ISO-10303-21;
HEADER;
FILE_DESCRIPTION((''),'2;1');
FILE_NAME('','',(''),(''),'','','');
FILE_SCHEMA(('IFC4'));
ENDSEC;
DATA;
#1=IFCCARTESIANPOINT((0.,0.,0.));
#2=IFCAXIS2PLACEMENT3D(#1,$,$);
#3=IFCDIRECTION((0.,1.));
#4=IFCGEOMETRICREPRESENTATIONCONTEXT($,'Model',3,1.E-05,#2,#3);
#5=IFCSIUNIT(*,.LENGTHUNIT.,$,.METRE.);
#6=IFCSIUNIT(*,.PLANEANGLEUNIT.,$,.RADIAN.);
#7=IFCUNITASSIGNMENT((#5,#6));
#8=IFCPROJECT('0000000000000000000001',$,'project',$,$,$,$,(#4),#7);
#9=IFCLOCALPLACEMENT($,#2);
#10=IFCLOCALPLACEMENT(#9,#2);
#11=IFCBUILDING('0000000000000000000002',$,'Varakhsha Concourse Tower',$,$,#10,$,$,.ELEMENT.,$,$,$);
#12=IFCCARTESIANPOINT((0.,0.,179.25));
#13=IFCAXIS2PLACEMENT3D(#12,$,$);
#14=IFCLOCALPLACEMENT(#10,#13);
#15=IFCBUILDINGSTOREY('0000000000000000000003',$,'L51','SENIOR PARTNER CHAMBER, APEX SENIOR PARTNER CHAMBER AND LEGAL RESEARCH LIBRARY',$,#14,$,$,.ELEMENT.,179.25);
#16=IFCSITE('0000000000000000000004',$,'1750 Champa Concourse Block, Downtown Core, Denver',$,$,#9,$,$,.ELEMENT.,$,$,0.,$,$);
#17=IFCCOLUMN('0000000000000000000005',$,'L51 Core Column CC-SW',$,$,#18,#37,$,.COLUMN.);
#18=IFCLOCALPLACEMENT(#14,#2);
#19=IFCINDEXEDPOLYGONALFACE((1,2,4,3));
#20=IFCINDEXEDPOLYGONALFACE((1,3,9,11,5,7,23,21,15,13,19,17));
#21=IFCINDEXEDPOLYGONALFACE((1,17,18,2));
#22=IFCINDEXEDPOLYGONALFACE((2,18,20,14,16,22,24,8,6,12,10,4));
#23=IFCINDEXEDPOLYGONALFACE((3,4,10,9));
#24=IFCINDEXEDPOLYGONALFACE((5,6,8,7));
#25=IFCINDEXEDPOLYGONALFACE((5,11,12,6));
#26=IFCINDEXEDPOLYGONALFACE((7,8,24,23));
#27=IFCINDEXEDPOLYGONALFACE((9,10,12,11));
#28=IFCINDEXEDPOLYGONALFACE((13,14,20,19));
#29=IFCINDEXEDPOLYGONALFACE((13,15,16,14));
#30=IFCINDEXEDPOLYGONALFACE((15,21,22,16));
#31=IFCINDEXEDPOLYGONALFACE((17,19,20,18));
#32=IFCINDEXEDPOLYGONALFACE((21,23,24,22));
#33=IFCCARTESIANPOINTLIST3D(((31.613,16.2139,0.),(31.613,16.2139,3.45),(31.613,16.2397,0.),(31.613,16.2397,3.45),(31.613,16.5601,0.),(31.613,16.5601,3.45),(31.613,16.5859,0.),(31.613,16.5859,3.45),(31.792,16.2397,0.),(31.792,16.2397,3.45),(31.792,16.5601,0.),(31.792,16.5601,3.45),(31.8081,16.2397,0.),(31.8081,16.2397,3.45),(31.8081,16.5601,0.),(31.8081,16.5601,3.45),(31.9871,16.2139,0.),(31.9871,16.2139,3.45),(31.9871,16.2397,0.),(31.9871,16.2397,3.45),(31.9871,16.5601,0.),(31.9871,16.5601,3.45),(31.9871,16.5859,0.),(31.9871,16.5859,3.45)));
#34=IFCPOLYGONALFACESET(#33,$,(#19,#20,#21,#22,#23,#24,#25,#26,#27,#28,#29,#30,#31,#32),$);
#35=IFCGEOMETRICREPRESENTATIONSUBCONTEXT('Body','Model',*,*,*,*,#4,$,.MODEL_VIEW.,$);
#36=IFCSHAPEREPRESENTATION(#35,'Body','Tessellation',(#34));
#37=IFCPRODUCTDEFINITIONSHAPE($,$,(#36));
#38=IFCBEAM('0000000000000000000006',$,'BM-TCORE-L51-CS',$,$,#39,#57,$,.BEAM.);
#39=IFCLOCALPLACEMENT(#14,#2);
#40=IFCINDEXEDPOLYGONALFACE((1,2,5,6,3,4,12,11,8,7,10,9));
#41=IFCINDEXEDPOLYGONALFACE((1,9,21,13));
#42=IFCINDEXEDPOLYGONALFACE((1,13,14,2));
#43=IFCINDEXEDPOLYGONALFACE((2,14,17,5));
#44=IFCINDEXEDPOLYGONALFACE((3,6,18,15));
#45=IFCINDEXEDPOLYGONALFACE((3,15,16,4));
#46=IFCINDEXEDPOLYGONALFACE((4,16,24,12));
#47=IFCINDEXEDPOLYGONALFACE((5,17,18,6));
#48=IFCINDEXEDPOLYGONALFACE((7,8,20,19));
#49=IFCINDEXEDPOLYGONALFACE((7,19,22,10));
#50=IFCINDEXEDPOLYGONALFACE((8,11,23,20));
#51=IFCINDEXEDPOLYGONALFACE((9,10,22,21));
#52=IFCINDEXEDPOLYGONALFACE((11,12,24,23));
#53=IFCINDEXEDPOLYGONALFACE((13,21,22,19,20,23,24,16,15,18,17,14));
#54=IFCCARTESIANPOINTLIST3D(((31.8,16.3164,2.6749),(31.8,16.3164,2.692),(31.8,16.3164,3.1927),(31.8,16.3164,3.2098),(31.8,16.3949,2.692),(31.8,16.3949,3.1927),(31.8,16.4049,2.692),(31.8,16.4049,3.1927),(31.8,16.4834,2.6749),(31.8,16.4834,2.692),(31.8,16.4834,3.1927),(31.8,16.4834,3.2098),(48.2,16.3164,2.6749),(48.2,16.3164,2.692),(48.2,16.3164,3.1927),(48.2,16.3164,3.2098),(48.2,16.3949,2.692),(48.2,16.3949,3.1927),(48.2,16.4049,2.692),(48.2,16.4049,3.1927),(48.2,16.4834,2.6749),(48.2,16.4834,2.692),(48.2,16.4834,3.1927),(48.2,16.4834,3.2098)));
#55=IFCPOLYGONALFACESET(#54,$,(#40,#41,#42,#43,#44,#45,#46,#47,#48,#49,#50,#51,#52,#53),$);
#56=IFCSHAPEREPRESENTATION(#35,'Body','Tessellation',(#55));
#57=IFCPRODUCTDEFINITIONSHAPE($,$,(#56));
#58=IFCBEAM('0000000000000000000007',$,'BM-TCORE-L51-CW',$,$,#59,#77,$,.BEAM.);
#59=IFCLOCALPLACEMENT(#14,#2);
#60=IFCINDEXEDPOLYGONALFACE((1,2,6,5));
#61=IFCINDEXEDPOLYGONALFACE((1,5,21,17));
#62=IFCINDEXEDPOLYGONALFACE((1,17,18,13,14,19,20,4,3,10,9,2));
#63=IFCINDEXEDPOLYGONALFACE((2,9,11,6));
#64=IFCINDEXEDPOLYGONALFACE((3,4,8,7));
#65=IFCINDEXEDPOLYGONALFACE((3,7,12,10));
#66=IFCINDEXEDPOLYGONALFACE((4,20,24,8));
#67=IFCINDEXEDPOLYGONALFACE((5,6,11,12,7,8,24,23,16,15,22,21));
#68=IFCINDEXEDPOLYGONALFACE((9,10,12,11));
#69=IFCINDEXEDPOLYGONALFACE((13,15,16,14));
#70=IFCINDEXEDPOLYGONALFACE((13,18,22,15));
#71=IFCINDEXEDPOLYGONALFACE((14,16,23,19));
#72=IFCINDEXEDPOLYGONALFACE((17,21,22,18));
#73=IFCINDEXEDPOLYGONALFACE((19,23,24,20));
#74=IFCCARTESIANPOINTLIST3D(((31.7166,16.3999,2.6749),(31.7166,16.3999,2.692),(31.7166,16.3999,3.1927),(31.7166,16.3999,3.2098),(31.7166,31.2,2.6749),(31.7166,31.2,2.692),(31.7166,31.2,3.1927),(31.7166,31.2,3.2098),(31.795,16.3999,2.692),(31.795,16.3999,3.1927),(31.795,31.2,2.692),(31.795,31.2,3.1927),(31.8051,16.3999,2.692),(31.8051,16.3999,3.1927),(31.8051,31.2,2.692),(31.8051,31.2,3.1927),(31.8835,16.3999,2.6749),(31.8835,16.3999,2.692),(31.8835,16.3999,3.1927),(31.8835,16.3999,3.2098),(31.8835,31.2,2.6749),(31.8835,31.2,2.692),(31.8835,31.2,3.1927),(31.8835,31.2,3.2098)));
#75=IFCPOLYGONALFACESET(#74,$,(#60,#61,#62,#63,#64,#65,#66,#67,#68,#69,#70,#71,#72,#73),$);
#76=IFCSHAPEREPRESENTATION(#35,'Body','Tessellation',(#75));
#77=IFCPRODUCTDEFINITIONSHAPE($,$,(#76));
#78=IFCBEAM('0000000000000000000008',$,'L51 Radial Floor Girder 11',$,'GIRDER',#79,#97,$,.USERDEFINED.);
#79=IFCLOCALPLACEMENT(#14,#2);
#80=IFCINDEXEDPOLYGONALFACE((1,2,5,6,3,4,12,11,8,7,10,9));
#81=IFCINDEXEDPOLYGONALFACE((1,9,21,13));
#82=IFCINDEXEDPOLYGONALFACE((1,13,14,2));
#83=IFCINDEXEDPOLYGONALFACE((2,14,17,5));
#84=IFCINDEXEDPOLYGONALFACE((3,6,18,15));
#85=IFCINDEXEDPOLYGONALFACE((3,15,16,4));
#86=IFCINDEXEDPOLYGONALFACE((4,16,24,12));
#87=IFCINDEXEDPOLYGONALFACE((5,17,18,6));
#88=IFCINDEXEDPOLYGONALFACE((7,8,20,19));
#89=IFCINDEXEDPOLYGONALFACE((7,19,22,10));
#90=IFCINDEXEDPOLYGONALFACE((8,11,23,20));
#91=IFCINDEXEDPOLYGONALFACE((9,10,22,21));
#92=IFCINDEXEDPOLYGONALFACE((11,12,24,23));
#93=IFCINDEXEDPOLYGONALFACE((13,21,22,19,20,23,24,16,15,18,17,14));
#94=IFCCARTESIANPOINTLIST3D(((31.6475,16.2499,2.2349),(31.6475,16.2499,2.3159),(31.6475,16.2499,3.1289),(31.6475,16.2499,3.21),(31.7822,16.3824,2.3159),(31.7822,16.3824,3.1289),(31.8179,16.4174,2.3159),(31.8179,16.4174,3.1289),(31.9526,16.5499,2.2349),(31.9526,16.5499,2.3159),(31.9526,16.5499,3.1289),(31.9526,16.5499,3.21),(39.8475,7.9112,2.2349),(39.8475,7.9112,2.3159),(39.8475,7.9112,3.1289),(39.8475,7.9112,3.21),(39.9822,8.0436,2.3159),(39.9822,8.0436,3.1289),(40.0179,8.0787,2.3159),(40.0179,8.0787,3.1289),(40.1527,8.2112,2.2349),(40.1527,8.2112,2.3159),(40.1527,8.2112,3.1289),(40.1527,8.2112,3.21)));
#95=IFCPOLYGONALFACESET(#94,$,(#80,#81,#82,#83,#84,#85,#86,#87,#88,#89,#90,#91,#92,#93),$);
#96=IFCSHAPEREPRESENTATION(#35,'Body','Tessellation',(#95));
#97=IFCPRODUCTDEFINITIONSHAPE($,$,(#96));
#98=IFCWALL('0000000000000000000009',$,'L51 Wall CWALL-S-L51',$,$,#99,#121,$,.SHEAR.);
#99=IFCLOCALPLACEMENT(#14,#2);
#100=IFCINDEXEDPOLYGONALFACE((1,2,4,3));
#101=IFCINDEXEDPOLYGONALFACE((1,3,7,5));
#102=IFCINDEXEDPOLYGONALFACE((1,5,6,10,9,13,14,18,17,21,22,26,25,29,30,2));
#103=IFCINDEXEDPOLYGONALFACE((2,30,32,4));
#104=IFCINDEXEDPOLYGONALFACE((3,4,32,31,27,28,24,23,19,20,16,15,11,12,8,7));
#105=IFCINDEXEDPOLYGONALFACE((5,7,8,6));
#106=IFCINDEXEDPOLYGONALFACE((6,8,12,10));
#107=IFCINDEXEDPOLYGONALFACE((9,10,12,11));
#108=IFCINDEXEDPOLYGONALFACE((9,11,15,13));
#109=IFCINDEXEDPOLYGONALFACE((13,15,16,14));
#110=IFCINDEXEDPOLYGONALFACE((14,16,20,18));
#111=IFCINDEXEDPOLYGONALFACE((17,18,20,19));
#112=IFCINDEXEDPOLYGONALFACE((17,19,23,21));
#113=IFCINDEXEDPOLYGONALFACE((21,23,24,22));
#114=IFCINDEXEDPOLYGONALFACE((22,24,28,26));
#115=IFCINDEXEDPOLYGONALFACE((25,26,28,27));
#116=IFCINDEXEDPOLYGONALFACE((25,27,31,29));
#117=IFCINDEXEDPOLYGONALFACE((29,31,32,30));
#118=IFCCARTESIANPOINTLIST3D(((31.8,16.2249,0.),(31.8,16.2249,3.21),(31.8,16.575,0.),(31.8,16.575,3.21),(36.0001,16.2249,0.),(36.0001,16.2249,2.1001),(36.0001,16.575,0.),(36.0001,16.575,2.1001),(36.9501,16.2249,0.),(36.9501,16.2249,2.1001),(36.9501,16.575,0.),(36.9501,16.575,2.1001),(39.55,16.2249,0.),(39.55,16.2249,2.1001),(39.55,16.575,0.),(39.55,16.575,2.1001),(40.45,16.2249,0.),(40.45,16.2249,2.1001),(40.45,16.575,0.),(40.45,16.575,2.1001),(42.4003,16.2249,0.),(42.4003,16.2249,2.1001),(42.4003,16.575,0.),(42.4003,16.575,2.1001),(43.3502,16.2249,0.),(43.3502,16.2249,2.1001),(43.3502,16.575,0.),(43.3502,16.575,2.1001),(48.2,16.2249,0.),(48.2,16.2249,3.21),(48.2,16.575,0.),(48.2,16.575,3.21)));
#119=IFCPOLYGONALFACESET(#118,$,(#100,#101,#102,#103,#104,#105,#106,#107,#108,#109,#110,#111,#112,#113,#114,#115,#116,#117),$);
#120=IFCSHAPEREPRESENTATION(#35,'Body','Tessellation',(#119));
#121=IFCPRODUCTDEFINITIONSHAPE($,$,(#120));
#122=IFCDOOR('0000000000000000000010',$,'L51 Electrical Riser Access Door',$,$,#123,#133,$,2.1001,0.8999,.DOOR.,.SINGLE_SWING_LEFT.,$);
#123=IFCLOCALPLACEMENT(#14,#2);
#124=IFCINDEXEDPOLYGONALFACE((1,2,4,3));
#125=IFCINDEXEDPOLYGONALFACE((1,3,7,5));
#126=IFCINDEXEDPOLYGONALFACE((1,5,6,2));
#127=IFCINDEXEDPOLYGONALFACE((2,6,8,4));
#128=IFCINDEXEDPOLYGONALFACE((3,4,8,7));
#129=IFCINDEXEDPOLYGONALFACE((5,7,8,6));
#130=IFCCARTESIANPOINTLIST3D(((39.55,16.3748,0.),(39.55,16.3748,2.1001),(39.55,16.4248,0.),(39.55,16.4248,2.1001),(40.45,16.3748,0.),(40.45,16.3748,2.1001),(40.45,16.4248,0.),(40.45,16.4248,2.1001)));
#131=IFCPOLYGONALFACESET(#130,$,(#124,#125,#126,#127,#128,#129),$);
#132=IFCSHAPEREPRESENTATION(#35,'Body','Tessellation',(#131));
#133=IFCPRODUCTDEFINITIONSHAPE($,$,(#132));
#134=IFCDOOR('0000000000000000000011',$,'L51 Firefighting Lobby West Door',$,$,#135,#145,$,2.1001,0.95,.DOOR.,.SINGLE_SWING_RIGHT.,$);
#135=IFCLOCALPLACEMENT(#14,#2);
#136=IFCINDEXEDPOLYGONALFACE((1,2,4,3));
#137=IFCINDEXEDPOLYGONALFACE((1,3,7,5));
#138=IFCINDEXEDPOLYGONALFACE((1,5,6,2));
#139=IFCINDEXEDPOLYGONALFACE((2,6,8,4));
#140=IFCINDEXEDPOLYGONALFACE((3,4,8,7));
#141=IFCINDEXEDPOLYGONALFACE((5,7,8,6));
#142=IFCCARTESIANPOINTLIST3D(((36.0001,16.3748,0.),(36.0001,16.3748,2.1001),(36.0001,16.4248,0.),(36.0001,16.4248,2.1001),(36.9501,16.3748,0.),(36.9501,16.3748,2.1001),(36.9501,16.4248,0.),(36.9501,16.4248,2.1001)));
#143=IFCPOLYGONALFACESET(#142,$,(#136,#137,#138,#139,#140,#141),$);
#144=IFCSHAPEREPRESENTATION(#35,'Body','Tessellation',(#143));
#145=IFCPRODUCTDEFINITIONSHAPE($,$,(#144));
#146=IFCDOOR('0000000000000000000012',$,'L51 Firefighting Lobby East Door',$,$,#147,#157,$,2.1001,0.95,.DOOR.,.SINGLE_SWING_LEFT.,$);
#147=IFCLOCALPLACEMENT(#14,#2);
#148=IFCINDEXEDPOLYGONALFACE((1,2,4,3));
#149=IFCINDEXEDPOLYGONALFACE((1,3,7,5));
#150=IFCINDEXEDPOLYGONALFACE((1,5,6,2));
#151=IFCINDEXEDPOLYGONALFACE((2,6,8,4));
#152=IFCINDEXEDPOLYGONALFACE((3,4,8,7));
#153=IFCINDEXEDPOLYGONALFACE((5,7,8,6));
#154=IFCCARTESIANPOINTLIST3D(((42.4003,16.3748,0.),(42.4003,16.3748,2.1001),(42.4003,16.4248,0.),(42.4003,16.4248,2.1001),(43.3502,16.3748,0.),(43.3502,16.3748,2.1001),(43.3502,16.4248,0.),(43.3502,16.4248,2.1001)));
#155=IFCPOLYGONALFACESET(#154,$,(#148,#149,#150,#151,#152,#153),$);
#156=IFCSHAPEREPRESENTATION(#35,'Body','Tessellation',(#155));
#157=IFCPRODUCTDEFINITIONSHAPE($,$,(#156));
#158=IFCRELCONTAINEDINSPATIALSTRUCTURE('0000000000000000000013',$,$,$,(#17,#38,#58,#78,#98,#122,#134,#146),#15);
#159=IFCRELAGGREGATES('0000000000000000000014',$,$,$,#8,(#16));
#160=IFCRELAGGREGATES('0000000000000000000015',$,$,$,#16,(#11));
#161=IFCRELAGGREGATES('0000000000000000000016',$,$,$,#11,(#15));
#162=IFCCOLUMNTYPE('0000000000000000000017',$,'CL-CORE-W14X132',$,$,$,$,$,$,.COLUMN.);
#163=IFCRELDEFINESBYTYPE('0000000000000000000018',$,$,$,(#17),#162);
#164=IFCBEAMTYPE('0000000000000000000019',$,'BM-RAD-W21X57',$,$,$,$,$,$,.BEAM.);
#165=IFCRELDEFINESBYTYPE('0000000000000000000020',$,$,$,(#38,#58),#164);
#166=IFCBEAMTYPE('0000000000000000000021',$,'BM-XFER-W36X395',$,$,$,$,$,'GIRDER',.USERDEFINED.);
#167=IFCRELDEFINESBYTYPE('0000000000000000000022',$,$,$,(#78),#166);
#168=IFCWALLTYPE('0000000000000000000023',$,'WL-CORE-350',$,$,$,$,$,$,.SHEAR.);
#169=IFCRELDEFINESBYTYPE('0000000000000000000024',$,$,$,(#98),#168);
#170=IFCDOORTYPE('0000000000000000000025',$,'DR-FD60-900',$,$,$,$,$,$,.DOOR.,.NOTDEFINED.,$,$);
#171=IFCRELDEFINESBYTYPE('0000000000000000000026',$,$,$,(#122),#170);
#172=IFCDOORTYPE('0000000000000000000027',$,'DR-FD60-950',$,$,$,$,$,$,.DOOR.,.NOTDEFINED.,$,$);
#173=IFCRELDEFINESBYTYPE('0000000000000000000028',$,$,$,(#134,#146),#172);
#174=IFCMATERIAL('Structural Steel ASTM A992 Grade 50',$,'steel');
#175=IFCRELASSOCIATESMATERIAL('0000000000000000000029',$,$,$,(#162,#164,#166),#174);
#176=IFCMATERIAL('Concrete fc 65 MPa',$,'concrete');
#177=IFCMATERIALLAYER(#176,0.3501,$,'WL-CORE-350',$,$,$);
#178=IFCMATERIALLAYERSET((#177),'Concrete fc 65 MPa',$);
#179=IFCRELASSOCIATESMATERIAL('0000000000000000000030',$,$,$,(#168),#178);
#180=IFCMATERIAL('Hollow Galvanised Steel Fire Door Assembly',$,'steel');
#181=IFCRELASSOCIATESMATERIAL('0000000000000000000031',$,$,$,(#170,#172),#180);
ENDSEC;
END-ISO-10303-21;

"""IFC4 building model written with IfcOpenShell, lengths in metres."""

from ifc_helpers import new_model, si_unit, direction, frame, frame_2d, origin, origin_2d, place, context, subcontext, project, spatial, rectangle, i_section, extrude, material, layer, layer_set, material_profile, profile_set, type_object, element, fill, save


model = new_model("IFC4")

# Units and contexts
model_context = context("Model", 3, precision=1e-05, world=origin(), true_north=direction((0.0, 1.0)))
body_context = subcontext(model_context, "Body", "Model", "MODEL_VIEW")
ifc_project = project(units=[si_unit("LENGTHUNIT", "METRE"), si_unit("PLANEANGLEUNIT", "RADIAN")], contexts=[model_context])

# Site, building, storey
site_placement = place(None, origin())
site = spatial("IfcSite", under=ifc_project, at=site_placement, Name="1750 Champa Concourse Block, Downtown Core, Denver", CompositionType="ELEMENT", RefElevation=0.0)
building_placement = place(site_placement, origin())
building = spatial("IfcBuilding", under=site, at=building_placement, Name="Varakhsha Concourse Tower", CompositionType="ELEMENT")
storey_placement = place(building_placement, frame((0.0, 0.0, 179.25)))
storey = spatial("IfcBuildingStorey", under=building, at=storey_placement, Name="L51", Description="SENIOR PARTNER CHAMBER, APEX SENIOR PARTNER CHAMBER AND LEGAL RESEARCH LIBRARY", CompositionType="ELEMENT", Elevation=179.25)

# Column
ifc_material_1 = material(Name="Structural Steel ASTM A992 Grade 50", Category="steel")
ifc_material_profile_1 = material_profile(ifc_material_1, i_section(OverallWidth=0.374, OverallDepth=0.3721, WebThickness=0.0161, FlangeThickness=0.0259, at=origin_2d()), Name="W14X132")
ifc_profile_set_1 = profile_set([ifc_material_profile_1], Name="Structural Steel ASTM A992 Grade 50")
column_type = type_object("IfcColumnType", Name="CL-CORE-W14X132", PredefinedType="COLUMN", material=ifc_profile_set_1)
column_placement = place(storey_placement, frame((31.8, 16.3999, 0.0), z_axis=(0.0, 0.0, 1.0), x_axis=(1.0, 0.0, 0.0)))
element("IfcColumn", 1, at=column_placement, inside=storey, type_object=column_type, Name="L51 Core Column CC-SW", PredefinedType="COLUMN", context=body_context, shape_type="SweptSolid", body=[
    extrude(i_section(OverallWidth=0.374, OverallDepth=0.3721, WebThickness=0.0161, FlangeThickness=0.0259, at=origin_2d()), origin(), (0.0, 0.0, 1.0), 3.45),
])

# Beams
ifc_material_profile_2 = material_profile(ifc_material_1, i_section(OverallWidth=0.167, OverallDepth=0.5349, WebThickness=0.01, FlangeThickness=0.0171, at=origin_2d()), Name="W21X57")
ifc_profile_set_2 = profile_set([ifc_material_profile_2], Name="Structural Steel ASTM A992 Grade 50")
beam_type_1 = type_object("IfcBeamType", Name="BM-RAD-W21X57", PredefinedType="BEAM", material=ifc_profile_set_2)
beam_1_placement = place(storey_placement, frame((31.8, 16.3999, 2.9424), z_axis=(1.0, 0.0, 0.0), x_axis=(0.0, 1.0, 0.0)))
element("IfcBeam", 2, at=beam_1_placement, inside=storey, type_object=beam_type_1, Name="BM-TCORE-L51-CS", PredefinedType="BEAM", context=body_context, shape_type="SweptSolid", body=[
    extrude(i_section(OverallWidth=0.167, OverallDepth=0.5349, WebThickness=0.01, FlangeThickness=0.0171, at=origin_2d()), origin(), (0.0, 0.0, 1.0), 16.3999),
])
beam_2_placement = place(storey_placement, frame((31.8, 16.3999, 2.9424), z_axis=(0.0, 1.0, 0.0), x_axis=(-1.0, 0.0, 0.0)))
element("IfcBeam", 3, at=beam_2_placement, inside=storey, type_object=beam_type_1, Name="BM-TCORE-L51-CW", PredefinedType="BEAM", context=body_context, shape_type="SweptSolid", body=[
    extrude(i_section(OverallWidth=0.167, OverallDepth=0.5349, WebThickness=0.01, FlangeThickness=0.0171, at=origin_2d()), origin(), (0.0, 0.0, 1.0), 14.8),
])
ifc_material_profile_3 = material_profile(ifc_material_1, i_section(OverallWidth=0.428, OverallDepth=0.9751, WebThickness=0.05, FlangeThickness=0.0811, at=origin_2d()), Name="W36X395")
ifc_profile_set_3 = profile_set([ifc_material_profile_3], Name="Structural Steel ASTM A992 Grade 50")
beam_type_2 = type_object("IfcBeamType", Name="BM-XFER-W36X395", ElementType="GIRDER", PredefinedType="USERDEFINED", material=ifc_profile_set_3)
beam_3_placement = place(storey_placement, frame((31.8, 16.3999, 2.7224), z_axis=(0.701153, -0.713011, 0.0), x_axis=(0.713011, 0.701153, 0.0)))
element("IfcBeam", 4, at=beam_3_placement, inside=storey, type_object=beam_type_2, Name="L51 Radial Floor Girder 11", ObjectType="GIRDER", PredefinedType="USERDEFINED", context=body_context, shape_type="SweptSolid", body=[
    extrude(i_section(OverallWidth=0.428, OverallDepth=0.9751, WebThickness=0.05, FlangeThickness=0.0811, at=origin_2d()), origin(), (0.0, 0.0, 1.0), 11.6951),
])

# Wall, openings, doors
ifc_material_2 = material(Name="Concrete fc 65 MPa", Category="concrete")
ifc_layer_1 = layer(ifc_material_2, 0.3501, Name="WL-CORE-350")
ifc_layer_set_1 = layer_set([ifc_layer_1], Name="Concrete fc 65 MPa")
wall_type_1 = type_object("IfcWallType", Name="WL-CORE-350", PredefinedType="SHEAR", material=ifc_layer_set_1)
wall_1_placement = place(storey_placement, frame((31.8, 16.3999, 0.0), z_axis=(0.0, 0.0, 1.0), x_axis=(1.0, 0.0, 0.0)))
wall_1 = element("IfcWall", 5, at=wall_1_placement, inside=storey, type_object=wall_type_1, Name="L51 Wall CWALL-S-L51", PredefinedType="SHEAR", context=body_context, shape_type="SweptSolid", body=[
    extrude(rectangle(XDim=16.3999, YDim=0.3501, at=frame_2d((8.2, 0.0))), origin(), (0.0, 0.0, 1.0), 3.21),
])
opening_1_placement = place(wall_1_placement, frame((7.75, 0.0, 0.0)))
opening_1 = element("IfcOpeningElement", 6, at=opening_1_placement, cuts=wall_1, PredefinedType="OPENING", context=body_context, shape_type="SweptSolid", body=[
    extrude(rectangle(XDim=0.8999, YDim=2.1001, at=frame_2d((0.45, 1.05))), frame((0.0, 0.1851, 0.0), z_axis=(0.0, -1.0, 0.0), x_axis=(1.0, 0.0, 0.0)), (0.0, 0.0, 1.0), 0.3701),
])
opening_2_placement = place(wall_1_placement, frame((4.2, 0.0, 0.0)))
opening_2 = element("IfcOpeningElement", 7, at=opening_2_placement, cuts=wall_1, PredefinedType="OPENING", context=body_context, shape_type="SweptSolid", body=[
    extrude(rectangle(XDim=0.95, YDim=2.1001, at=frame_2d((0.4751, 1.05))), frame((0.0, 0.1851, 0.0), z_axis=(0.0, -1.0, 0.0), x_axis=(1.0, 0.0, 0.0)), (0.0, 0.0, 1.0), 0.3701),
])
opening_3_placement = place(wall_1_placement, frame((10.6001, 0.0, 0.0)))
opening_3 = element("IfcOpeningElement", 8, at=opening_3_placement, cuts=wall_1, PredefinedType="OPENING", context=body_context, shape_type="SweptSolid", body=[
    extrude(rectangle(XDim=0.95, YDim=2.1001, at=frame_2d((0.4751, 1.05))), frame((0.0, 0.1851, 0.0), z_axis=(0.0, -1.0, 0.0), x_axis=(1.0, 0.0, 0.0)), (0.0, 0.0, 1.0), 0.3701),
])
ifc_material_3 = material(Name="Hollow Galvanised Steel Fire Door Assembly", Category="steel")
door_type_1 = type_object("IfcDoorType", Name="DR-FD60-900", OperationType="NOTDEFINED", PredefinedType="DOOR", material=ifc_material_3)
door_1_placement = place(opening_1_placement, origin())
door_1 = element("IfcDoor", 9, at=door_1_placement, inside=storey, type_object=door_type_1, Name="L51 Electrical Riser Access Door", OperationType="SINGLE_SWING_LEFT", OverallHeight=2.1001, OverallWidth=0.8999, PredefinedType="DOOR", context=body_context, shape_type="SweptSolid", body=[
    extrude(rectangle(XDim=0.8999, YDim=2.1001, at=frame_2d((0.45, 1.05))), frame((0.0, 0.0249, 0.0), z_axis=(0.0, -1.0, 0.0), x_axis=(1.0, 0.0, 0.0)), (0.0, 0.0, 1.0), 0.05),
])
fill(opening_1, door_1)
door_type_2 = type_object("IfcDoorType", Name="DR-FD60-950", OperationType="NOTDEFINED", PredefinedType="DOOR", material=ifc_material_3)
door_2_placement = place(opening_2_placement, origin())
door_2 = element("IfcDoor", 10, at=door_2_placement, inside=storey, type_object=door_type_2, Name="L51 Firefighting Lobby West Door", OperationType="SINGLE_SWING_RIGHT", OverallHeight=2.1001, OverallWidth=0.95, PredefinedType="DOOR", context=body_context, shape_type="SweptSolid", body=[
    extrude(rectangle(XDim=0.95, YDim=2.1001, at=frame_2d((0.4751, 1.05))), frame((0.0, 0.0249, 0.0), z_axis=(0.0, -1.0, 0.0), x_axis=(1.0, 0.0, 0.0)), (0.0, 0.0, 1.0), 0.05),
])
fill(opening_2, door_2)
door_3_placement = place(opening_3_placement, origin())
door_3 = element("IfcDoor", 11, at=door_3_placement, inside=storey, type_object=door_type_2, Name="L51 Firefighting Lobby East Door", OperationType="SINGLE_SWING_LEFT", OverallHeight=2.1001, OverallWidth=0.95, PredefinedType="DOOR", context=body_context, shape_type="SweptSolid", body=[
    extrude(rectangle(XDim=0.95, YDim=2.1001, at=frame_2d((0.4751, 1.05))), frame((0.0, 0.0249, 0.0), z_axis=(0.0, -1.0, 0.0), x_axis=(1.0, 0.0, 0.0)), (0.0, 0.0, 1.0), 0.05),
])
fill(opening_3, door_3)

save(model, "model.ifc")
